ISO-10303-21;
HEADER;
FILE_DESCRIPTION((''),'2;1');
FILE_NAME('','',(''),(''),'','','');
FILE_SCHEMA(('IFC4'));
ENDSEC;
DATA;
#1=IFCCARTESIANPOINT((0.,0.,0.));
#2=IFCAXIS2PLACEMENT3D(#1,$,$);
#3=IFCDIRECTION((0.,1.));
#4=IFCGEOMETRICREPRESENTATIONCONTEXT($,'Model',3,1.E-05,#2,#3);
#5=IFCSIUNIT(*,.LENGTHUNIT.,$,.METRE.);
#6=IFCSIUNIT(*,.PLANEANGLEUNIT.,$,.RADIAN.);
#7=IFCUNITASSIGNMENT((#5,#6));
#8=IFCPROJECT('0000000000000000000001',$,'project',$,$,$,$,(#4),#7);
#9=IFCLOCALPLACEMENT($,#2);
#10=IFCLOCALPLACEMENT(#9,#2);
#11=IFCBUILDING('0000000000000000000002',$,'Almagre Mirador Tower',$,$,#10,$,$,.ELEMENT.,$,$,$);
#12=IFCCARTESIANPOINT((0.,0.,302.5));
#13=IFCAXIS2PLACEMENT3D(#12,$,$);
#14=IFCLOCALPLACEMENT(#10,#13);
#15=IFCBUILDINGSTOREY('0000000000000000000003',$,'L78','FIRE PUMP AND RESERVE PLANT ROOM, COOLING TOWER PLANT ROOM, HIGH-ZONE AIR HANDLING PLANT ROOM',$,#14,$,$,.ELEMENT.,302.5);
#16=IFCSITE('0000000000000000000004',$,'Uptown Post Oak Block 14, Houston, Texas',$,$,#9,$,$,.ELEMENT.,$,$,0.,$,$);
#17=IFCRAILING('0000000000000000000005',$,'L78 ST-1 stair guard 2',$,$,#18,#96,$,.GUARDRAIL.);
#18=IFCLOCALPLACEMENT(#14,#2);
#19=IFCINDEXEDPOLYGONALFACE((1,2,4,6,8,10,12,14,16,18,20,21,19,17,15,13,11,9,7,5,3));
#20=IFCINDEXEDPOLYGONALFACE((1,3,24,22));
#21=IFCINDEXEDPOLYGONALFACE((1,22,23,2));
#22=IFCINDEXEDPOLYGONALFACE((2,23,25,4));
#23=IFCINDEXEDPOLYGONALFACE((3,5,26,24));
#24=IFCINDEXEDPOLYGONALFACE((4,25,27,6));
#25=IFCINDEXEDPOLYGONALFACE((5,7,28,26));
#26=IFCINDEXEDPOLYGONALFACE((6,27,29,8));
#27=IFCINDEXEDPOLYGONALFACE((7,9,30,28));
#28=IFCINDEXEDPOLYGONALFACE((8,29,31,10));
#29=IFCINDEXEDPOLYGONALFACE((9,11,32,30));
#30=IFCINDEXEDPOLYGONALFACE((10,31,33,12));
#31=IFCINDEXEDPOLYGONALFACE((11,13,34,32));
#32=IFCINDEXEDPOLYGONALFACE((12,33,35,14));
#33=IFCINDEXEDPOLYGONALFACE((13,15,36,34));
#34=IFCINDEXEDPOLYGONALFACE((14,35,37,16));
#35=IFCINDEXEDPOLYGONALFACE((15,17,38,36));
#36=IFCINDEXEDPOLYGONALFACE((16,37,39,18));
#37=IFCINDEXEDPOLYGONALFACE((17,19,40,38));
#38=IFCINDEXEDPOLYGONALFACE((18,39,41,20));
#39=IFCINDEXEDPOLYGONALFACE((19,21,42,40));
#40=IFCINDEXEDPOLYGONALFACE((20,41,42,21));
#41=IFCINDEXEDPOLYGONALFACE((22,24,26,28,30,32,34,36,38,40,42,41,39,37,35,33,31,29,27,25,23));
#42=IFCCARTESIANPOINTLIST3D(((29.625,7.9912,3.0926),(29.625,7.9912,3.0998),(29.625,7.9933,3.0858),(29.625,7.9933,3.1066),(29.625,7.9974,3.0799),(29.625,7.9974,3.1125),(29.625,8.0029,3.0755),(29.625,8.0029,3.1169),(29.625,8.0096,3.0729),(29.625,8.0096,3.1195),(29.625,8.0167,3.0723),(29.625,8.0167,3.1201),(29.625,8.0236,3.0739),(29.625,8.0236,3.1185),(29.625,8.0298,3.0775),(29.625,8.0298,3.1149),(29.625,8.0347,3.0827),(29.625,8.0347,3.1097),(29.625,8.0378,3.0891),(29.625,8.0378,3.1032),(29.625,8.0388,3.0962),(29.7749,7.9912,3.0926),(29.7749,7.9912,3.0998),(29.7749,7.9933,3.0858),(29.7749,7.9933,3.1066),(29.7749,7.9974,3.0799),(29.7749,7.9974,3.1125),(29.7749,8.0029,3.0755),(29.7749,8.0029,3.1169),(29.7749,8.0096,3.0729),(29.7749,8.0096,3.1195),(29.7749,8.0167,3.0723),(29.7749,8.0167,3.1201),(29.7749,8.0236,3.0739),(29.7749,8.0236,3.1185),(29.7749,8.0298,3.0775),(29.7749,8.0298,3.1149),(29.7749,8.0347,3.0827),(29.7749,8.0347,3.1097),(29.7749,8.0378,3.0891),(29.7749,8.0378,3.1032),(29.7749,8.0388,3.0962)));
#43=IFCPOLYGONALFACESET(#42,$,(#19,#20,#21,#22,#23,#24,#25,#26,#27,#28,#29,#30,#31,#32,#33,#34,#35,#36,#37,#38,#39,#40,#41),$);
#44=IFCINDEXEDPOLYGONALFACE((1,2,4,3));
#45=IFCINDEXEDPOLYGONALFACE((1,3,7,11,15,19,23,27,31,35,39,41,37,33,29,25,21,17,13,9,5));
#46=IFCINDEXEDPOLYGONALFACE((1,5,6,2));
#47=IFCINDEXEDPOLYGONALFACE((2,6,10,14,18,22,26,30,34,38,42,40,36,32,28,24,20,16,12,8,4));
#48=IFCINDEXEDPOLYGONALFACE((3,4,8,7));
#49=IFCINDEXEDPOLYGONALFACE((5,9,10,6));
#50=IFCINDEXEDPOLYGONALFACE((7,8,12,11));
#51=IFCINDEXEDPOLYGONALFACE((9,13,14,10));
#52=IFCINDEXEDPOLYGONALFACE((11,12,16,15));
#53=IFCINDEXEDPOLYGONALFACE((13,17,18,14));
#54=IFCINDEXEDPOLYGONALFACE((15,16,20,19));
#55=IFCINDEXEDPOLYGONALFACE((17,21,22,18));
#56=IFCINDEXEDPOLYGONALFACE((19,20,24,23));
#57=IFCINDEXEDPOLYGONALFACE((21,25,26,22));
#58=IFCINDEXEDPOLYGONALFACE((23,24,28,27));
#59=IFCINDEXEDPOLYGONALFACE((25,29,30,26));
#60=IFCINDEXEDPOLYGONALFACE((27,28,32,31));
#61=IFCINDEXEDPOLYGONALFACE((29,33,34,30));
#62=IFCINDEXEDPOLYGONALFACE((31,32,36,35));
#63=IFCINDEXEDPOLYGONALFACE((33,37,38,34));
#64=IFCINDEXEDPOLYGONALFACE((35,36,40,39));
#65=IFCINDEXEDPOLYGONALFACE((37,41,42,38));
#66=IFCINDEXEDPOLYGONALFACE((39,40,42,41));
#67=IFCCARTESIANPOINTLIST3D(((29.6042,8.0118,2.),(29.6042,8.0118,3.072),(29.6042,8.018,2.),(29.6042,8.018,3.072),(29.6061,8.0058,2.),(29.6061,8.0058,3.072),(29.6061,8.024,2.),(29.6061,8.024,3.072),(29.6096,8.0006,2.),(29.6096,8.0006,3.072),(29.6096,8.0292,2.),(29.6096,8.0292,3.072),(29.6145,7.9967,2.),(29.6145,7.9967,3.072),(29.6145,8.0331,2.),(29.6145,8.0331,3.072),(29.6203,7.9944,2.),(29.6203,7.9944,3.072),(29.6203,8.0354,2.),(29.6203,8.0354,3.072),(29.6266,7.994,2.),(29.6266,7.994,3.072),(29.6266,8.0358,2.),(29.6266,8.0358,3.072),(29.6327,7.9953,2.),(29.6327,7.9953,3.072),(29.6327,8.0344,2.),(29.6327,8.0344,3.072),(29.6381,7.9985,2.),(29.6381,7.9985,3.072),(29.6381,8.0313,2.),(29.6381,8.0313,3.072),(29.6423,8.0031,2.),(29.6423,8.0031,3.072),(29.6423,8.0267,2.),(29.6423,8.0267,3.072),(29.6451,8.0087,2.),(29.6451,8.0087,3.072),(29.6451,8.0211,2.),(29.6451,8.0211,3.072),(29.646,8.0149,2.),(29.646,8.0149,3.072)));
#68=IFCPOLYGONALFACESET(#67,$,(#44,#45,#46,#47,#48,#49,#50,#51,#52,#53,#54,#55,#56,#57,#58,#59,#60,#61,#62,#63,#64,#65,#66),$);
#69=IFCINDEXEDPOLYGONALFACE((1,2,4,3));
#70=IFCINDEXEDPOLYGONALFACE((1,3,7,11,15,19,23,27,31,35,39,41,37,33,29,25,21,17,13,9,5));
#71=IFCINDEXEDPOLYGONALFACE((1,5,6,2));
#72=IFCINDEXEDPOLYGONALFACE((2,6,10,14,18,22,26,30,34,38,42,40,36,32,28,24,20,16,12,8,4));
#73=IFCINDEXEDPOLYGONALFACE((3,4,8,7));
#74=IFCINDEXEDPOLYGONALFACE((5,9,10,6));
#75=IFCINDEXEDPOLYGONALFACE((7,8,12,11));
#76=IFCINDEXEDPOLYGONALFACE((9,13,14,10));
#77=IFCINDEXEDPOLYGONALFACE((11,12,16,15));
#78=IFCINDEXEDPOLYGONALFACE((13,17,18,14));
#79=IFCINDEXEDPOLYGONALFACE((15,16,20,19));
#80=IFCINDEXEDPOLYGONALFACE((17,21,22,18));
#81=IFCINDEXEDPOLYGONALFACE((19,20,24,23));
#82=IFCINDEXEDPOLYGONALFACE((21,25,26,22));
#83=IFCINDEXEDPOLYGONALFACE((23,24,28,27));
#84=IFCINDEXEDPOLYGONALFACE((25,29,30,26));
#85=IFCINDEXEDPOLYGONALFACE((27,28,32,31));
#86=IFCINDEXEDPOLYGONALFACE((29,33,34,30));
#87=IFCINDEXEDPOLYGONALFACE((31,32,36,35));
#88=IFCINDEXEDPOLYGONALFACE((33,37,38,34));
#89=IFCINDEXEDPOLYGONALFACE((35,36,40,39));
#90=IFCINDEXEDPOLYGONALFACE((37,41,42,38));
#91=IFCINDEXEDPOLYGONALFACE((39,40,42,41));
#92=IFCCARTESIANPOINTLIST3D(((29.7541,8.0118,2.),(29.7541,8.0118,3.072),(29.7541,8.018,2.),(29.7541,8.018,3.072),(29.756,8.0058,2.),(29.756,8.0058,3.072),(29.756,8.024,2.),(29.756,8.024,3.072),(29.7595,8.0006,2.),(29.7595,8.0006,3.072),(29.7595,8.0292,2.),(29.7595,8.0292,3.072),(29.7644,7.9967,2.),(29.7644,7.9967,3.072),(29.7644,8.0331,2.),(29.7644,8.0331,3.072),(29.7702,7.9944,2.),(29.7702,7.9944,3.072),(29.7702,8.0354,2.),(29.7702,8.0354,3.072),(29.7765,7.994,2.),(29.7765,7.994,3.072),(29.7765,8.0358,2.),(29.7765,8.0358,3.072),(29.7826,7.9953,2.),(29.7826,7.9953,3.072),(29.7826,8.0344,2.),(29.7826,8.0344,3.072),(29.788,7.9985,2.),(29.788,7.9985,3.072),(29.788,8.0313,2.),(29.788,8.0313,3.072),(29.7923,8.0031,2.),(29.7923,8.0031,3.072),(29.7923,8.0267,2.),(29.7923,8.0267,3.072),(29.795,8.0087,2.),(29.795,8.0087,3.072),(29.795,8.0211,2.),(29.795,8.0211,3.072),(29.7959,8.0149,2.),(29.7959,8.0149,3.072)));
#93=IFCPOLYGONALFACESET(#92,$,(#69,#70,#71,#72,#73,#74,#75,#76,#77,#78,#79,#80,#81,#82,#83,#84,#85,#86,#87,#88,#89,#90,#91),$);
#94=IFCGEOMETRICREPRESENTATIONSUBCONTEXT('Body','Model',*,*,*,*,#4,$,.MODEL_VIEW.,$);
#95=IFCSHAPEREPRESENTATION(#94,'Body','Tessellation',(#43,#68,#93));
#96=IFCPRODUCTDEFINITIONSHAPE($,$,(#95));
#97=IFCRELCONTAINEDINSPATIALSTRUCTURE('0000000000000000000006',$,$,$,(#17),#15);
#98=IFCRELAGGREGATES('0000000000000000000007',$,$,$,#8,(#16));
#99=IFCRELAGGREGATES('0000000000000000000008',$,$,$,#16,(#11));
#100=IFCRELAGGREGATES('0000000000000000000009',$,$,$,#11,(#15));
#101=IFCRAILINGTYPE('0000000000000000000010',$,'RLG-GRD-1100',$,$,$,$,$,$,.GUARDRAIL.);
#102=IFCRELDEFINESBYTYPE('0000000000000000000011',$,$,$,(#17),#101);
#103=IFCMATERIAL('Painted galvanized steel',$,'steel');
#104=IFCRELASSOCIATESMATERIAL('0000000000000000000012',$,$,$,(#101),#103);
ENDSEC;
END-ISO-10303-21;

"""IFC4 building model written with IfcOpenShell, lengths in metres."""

from ifc_helpers import new_model, si_unit, direction, frame, origin, origin_2d, place, context, subcontext, project, spatial, circle, extrude, material, type_object, element, save


model = new_model("IFC4")

# Units and contexts
model_context = context("Model", 3, precision=1e-05, world=origin(), true_north=direction((0.0, 1.0)))
body_context = subcontext(model_context, "Body", "Model", "MODEL_VIEW")
ifc_project = project(units=[si_unit("LENGTHUNIT", "METRE"), si_unit("PLANEANGLEUNIT", "RADIAN")], contexts=[model_context])

# Site, building, storey
site_placement = place(None, origin())
site = spatial("IfcSite", under=ifc_project, at=site_placement, Name="Uptown Post Oak Block 14, Houston, Texas", CompositionType="ELEMENT", RefElevation=0.0)
building_placement = place(site_placement, origin())
building = spatial("IfcBuilding", under=site, at=building_placement, Name="Almagre Mirador Tower", CompositionType="ELEMENT")
storey_placement = place(building_placement, frame((0.0, 0.0, 302.5)))
storey = spatial("IfcBuildingStorey", under=building, at=storey_placement, Name="L78", Description="FIRE PUMP AND RESERVE PLANT ROOM, COOLING TOWER PLANT ROOM, HIGH-ZONE AIR HANDLING PLANT ROOM", CompositionType="ELEMENT", Elevation=302.5)

# Railing
ifc_material_1 = material(Name="Painted galvanized steel", Category="steel")
railing_type_1 = type_object("IfcRailingType", Name="RLG-GRD-1100", PredefinedType="GUARDRAIL", material=ifc_material_1)
railing_1_placement = place(storey_placement, frame((29.625, 8.0149, 2.0)))
element("IfcRailing", 1, at=railing_1_placement, inside=storey, type_object=railing_type_1, Name="L78 ST-1 stair guard 2", PredefinedType="GUARDRAIL", context=body_context, shape_type="SweptSolid", body=[
    extrude(circle(Radius=0.0239, at=origin_2d()), frame((0.0, 0.0, 1.0962), z_axis=(1.0, 0.0, 0.0), x_axis=(0.0, 1.0, 0.0)), (0.0, 0.0, 1.0), 0.1499),
    extrude(circle(Radius=0.021, at=origin_2d()), origin(), (0.0, 0.0, 1.0), 1.072),
    extrude(circle(Radius=0.021, at=origin_2d()), frame((0.1499, 0.0, 0.0)), (0.0, 0.0, 1.0), 1.072),
])

save(model, "model.ifc")
